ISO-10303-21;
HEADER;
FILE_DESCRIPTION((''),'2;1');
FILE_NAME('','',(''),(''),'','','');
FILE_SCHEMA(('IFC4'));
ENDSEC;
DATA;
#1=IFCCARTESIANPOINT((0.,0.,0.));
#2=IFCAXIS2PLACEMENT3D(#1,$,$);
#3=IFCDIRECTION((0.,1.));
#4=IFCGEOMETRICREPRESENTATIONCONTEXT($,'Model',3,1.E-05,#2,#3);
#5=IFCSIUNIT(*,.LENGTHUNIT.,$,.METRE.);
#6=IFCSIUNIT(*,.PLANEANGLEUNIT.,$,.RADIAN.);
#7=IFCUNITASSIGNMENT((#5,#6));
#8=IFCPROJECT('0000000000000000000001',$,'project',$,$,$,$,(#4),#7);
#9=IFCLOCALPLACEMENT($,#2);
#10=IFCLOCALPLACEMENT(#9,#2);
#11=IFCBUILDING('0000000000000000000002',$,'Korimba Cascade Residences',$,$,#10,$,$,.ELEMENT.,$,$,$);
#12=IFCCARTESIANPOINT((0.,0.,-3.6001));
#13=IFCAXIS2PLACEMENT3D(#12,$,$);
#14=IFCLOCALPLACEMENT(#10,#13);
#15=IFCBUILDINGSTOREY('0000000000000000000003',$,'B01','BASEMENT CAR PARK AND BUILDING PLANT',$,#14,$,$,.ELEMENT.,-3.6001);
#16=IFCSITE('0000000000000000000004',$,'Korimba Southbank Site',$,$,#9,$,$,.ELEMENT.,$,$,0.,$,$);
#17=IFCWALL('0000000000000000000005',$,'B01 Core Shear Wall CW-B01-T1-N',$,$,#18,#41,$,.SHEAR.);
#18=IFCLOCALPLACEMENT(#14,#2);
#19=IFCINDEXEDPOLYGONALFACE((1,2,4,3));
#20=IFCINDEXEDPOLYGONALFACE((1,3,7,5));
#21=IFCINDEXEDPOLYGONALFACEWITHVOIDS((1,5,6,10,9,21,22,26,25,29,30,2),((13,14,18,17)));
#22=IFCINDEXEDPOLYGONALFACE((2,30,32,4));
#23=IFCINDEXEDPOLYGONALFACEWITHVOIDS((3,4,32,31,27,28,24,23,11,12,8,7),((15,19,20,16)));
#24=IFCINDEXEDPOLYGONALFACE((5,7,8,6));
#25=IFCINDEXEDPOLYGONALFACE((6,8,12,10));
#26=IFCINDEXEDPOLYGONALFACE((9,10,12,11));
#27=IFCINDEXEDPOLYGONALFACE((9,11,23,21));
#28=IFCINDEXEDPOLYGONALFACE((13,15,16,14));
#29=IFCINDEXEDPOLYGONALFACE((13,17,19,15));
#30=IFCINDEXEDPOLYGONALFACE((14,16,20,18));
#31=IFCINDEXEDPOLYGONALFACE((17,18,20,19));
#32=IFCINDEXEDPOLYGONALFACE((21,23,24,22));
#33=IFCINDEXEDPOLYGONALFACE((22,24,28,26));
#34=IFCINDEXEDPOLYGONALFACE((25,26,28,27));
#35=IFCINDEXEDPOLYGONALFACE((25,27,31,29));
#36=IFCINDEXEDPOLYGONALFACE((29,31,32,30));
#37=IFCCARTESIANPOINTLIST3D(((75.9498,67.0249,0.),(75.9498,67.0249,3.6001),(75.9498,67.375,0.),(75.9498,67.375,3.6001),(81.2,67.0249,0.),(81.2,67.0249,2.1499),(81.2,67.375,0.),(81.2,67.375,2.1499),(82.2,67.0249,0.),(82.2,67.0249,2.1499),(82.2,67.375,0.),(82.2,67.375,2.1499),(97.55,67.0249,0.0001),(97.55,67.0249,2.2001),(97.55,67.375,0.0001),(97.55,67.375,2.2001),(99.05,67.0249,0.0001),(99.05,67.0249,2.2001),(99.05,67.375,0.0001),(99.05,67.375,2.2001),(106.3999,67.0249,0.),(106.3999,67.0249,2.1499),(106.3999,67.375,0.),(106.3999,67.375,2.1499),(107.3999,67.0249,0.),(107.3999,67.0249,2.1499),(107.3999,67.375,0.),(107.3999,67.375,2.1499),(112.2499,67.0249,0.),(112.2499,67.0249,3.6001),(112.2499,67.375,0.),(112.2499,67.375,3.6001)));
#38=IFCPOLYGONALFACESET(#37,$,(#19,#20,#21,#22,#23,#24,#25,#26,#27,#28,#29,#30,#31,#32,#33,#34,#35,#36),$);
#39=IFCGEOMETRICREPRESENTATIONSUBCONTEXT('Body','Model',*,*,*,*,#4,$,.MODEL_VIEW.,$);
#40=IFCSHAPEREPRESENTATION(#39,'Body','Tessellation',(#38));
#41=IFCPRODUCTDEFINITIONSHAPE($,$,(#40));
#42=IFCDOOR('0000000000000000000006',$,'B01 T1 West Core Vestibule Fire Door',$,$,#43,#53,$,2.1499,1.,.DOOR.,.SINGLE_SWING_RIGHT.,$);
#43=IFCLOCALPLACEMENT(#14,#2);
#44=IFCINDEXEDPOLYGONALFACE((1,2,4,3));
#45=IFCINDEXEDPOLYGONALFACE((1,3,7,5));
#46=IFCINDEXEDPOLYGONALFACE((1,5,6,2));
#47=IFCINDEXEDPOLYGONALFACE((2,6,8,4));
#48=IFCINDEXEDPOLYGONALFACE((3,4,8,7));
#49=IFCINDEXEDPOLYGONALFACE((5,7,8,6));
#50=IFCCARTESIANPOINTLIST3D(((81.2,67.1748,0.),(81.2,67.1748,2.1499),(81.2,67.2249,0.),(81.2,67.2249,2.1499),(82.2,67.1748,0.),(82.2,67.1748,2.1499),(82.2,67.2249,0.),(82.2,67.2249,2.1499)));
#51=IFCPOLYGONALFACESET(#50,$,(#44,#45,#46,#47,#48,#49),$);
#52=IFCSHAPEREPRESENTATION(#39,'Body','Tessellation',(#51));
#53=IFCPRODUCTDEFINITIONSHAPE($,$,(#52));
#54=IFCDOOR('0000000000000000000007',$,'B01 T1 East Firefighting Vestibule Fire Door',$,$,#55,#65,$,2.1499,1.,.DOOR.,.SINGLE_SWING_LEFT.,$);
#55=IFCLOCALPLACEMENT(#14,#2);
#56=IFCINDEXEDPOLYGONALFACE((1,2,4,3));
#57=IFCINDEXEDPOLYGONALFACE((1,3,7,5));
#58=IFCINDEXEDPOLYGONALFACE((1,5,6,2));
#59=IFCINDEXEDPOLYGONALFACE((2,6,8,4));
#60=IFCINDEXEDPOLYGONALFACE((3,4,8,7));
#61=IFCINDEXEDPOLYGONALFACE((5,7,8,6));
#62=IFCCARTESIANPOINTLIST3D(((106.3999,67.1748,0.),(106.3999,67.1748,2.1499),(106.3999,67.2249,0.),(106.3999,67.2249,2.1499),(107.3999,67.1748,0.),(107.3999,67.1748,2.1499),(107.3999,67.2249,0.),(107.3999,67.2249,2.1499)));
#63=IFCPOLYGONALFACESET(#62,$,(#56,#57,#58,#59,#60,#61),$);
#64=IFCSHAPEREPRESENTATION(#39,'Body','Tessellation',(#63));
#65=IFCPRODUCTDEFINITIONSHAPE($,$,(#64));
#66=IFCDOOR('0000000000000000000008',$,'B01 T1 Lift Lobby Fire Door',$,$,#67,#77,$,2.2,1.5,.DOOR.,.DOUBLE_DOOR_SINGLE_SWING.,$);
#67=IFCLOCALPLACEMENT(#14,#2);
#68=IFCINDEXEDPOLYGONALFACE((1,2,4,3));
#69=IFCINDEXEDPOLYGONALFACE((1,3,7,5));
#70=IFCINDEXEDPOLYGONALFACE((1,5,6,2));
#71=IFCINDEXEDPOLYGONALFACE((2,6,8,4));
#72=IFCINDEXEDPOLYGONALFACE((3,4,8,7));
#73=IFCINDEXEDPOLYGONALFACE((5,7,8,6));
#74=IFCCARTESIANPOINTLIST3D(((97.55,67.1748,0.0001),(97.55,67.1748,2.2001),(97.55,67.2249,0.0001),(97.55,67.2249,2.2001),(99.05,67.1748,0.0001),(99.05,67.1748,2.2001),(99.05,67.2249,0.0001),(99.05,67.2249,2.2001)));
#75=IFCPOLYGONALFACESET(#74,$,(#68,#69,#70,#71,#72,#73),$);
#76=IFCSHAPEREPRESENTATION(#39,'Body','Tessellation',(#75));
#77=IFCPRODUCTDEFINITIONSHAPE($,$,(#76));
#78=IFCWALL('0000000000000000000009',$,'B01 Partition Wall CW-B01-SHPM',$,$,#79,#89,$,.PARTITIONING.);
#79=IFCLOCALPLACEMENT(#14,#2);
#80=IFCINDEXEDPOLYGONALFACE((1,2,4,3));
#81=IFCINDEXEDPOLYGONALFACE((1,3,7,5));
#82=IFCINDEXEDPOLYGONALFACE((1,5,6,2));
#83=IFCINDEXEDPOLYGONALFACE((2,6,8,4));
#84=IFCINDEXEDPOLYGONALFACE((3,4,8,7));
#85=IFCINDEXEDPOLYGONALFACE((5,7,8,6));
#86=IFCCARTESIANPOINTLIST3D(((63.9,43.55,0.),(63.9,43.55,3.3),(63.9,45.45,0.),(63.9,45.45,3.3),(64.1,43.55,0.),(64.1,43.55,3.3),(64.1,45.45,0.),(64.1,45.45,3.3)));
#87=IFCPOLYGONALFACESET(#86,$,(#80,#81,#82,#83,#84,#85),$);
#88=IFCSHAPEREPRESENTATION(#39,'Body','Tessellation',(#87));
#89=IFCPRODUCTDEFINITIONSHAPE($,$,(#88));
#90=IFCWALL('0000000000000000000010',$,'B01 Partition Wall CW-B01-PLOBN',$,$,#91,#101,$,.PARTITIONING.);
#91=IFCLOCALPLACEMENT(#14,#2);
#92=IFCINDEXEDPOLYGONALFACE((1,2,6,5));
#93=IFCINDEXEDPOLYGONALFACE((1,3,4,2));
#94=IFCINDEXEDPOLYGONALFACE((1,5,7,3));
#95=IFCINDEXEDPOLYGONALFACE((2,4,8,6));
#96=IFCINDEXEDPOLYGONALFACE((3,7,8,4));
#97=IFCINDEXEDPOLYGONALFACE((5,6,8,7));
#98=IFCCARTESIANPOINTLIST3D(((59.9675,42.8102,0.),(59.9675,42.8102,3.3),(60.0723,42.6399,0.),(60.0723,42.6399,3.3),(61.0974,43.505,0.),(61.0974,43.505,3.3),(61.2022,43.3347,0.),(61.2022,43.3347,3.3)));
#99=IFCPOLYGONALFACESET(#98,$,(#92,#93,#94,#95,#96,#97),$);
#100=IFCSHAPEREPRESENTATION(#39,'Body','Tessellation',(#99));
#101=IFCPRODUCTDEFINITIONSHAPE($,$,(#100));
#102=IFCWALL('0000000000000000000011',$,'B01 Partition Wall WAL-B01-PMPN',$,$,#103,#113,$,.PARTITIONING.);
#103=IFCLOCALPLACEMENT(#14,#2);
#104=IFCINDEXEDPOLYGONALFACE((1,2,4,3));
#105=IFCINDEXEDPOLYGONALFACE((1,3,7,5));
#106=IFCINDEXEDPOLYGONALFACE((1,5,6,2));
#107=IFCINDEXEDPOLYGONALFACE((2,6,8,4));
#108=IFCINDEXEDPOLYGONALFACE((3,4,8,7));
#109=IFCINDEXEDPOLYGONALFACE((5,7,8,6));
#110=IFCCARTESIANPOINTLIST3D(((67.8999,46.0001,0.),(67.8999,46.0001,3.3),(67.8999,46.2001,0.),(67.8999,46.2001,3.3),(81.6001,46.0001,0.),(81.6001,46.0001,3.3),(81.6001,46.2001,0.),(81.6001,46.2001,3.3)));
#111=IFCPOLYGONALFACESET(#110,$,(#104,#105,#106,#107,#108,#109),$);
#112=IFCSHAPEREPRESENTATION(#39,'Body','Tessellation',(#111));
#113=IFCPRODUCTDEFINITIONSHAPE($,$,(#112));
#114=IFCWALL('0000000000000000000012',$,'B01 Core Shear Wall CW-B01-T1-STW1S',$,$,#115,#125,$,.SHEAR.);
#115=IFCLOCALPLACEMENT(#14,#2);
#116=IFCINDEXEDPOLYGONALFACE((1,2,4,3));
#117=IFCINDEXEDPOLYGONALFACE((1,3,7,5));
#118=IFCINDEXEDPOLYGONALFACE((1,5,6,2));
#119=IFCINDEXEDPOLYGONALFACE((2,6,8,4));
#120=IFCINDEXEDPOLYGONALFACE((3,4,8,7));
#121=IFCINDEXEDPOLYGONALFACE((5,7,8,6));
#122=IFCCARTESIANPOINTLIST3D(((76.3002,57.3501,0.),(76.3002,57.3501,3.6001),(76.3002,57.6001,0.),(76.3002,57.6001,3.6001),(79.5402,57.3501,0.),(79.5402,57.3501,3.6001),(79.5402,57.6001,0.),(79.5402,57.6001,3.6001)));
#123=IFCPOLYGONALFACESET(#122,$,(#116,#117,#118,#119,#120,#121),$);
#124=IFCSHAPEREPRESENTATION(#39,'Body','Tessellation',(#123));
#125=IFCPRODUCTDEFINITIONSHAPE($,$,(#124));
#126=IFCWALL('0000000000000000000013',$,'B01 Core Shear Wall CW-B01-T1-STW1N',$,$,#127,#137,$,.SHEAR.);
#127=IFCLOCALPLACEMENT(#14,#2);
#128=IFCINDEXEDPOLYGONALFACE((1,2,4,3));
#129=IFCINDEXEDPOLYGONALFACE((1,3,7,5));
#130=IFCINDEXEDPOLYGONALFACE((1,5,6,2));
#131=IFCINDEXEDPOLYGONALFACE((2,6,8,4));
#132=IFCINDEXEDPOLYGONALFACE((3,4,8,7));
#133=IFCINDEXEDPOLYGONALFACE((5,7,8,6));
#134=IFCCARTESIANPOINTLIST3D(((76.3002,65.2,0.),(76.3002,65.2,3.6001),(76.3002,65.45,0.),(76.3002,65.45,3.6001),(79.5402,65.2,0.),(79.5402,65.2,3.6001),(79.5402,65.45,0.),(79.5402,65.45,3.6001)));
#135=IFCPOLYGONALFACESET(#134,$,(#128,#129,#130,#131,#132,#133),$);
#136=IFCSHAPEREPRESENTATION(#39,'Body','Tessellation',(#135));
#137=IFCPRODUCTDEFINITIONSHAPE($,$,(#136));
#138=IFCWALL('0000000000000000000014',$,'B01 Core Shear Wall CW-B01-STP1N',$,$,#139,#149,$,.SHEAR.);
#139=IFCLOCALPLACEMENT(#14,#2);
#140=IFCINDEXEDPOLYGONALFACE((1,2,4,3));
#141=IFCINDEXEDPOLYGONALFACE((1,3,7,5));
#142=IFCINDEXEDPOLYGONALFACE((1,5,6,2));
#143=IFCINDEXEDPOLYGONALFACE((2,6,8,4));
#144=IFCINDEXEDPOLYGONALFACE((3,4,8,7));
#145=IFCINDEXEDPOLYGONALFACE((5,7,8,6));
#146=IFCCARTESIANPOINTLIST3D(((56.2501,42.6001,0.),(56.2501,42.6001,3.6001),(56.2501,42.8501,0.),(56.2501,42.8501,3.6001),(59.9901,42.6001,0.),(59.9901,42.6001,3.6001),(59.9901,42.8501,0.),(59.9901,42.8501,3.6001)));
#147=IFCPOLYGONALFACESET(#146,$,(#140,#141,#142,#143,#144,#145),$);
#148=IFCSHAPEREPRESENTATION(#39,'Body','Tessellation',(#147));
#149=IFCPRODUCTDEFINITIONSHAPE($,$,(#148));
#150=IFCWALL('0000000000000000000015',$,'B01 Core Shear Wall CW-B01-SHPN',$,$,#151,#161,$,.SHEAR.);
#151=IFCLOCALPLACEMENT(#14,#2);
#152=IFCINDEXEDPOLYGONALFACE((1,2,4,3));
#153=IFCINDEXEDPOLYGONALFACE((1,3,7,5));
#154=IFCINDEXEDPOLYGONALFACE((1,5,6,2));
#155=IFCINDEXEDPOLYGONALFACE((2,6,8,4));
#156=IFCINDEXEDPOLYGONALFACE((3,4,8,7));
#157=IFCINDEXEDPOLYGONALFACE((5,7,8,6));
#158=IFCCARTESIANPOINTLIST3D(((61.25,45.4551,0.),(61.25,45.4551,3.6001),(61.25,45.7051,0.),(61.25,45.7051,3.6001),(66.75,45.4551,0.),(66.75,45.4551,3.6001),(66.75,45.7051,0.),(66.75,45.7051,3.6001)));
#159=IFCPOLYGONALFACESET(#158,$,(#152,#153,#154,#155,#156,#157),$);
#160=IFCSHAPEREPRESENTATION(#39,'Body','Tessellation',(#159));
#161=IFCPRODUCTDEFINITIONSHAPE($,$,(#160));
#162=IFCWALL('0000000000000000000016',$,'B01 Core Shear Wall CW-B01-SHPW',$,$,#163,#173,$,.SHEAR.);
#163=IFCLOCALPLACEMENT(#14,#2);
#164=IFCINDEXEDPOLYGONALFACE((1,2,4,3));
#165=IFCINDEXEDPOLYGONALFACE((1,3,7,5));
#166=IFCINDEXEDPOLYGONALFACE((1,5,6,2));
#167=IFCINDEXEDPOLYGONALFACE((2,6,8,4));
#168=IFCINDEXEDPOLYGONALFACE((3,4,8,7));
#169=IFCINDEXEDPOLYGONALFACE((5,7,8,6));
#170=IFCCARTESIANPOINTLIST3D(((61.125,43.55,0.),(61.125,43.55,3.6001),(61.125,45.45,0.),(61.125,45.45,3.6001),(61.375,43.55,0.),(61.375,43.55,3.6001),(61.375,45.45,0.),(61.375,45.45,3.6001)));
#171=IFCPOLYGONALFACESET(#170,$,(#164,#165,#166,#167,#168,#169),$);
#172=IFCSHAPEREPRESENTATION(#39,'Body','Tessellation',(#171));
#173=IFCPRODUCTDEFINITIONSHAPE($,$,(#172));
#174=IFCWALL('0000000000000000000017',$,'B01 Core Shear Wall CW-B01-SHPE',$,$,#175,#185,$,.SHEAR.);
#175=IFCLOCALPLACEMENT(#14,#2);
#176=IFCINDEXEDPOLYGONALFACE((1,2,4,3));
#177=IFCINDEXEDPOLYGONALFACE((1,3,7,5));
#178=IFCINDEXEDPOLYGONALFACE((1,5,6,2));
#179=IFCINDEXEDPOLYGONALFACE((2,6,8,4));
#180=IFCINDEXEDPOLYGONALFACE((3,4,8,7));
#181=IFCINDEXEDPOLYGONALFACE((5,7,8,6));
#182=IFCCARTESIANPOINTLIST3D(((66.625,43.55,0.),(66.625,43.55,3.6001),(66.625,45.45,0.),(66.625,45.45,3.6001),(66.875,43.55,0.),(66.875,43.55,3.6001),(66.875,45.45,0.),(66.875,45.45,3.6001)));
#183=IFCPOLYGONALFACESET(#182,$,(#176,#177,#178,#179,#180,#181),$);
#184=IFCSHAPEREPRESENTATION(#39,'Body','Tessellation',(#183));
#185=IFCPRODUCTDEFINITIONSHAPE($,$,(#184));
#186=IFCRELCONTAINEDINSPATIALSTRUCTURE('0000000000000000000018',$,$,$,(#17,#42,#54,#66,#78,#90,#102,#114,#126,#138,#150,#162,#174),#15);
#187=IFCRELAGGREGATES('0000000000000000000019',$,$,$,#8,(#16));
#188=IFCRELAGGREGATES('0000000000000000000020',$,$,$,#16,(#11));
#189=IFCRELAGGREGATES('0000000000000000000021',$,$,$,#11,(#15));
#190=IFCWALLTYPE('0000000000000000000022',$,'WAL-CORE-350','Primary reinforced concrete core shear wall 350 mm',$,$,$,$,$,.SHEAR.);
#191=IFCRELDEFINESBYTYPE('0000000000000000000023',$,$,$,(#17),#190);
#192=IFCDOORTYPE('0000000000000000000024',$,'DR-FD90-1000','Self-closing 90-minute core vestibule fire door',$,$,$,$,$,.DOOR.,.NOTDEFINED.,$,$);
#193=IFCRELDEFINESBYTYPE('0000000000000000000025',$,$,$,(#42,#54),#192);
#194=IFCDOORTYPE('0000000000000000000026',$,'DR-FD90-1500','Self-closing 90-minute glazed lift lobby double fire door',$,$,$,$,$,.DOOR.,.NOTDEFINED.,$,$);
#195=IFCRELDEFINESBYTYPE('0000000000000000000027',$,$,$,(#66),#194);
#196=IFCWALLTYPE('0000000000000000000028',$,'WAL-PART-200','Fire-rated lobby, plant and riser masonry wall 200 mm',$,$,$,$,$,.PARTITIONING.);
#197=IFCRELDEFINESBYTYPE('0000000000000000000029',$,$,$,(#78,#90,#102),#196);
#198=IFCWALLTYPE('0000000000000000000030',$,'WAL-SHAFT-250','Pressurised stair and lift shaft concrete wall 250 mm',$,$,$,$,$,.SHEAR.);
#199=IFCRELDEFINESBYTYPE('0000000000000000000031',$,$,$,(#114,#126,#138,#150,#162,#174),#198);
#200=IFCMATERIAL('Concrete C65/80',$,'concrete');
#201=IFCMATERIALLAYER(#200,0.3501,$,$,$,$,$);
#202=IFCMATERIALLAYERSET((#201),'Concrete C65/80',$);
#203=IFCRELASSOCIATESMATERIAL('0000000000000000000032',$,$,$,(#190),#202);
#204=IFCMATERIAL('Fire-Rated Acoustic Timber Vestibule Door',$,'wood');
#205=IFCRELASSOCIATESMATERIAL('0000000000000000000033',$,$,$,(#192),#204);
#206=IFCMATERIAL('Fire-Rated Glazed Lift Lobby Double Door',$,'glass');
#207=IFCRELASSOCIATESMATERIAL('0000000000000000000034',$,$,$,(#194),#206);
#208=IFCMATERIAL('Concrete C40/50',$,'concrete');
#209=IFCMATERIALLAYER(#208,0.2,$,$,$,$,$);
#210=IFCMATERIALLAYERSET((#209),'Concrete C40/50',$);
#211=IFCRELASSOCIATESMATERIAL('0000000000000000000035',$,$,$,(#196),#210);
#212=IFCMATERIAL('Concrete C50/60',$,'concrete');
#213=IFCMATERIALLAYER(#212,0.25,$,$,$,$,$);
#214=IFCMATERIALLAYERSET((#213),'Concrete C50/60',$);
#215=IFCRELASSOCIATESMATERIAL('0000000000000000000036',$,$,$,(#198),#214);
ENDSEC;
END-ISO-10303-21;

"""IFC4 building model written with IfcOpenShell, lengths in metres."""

from ifc_helpers import new_model, si_unit, direction, frame, frame_2d, origin, place, context, subcontext, project, spatial, rectangle, extrude, material, layer, layer_set, type_object, element, fill, save


model = new_model("IFC4")

# Units and contexts
model_context = context("Model", 3, precision=1e-05, world=origin(), true_north=direction((0.0, 1.0)))
body_context = subcontext(model_context, "Body", "Model", "MODEL_VIEW")
ifc_project = project(units=[si_unit("LENGTHUNIT", "METRE"), si_unit("PLANEANGLEUNIT", "RADIAN")], contexts=[model_context])

# Site, building, storey
site_placement = place(None, origin())
site = spatial("IfcSite", under=ifc_project, at=site_placement, Name="Korimba Southbank Site", CompositionType="ELEMENT", RefElevation=0.0)
building_placement = place(site_placement, origin())
building = spatial("IfcBuilding", under=site, at=building_placement, Name="Korimba Cascade Residences", CompositionType="ELEMENT")
storey_placement = place(building_placement, frame((0.0, 0.0, -3.6001)))
storey = spatial("IfcBuildingStorey", under=building, at=storey_placement, Name="B01", Description="BASEMENT CAR PARK AND BUILDING PLANT", CompositionType="ELEMENT", Elevation=-3.6001)

# Shared definitions
ifc_material_1 = material(Name="Concrete C65/80", Category="concrete")

# Shared definitions
ifc_material_2 = material(Name="Concrete C50/60", Category="concrete")

# Shared definitions
ifc_layer_1 = layer(ifc_material_1, 0.3501)
ifc_layer_set_1 = layer_set([ifc_layer_1], Name="Concrete C65/80")
wall_type_1 = type_object("IfcWallType", Name="WAL-CORE-350", Description="Primary reinforced concrete core shear wall 350 mm", PredefinedType="SHEAR", material=ifc_layer_set_1)

# Wall, openings, doors
wall_1_placement = place(storey_placement, frame((75.95, 67.2, 0.0), z_axis=(0.0, 0.0, 1.0), x_axis=(1.0, 0.0, 0.0)))
wall_1 = element("IfcWall", 1, at=wall_1_placement, inside=storey, type_object=wall_type_1, Name="B01 Core Shear Wall CW-B01-T1-N", PredefinedType="SHEAR", context=body_context, shape_type="SweptSolid", body=[
    extrude(rectangle(XDim=36.3, YDim=0.3501, at=frame_2d((18.1499, 0.0))), origin(), (0.0, 0.0, 1.0), 3.6001),
])
opening_1_placement = place(wall_1_placement, frame((5.25, 0.0, 0.0)))
opening_1 = element("IfcOpeningElement", 2, at=opening_1_placement, cuts=wall_1, PredefinedType="OPENING", context=body_context, shape_type="SweptSolid", body=[
    extrude(rectangle(XDim=1.0, YDim=2.1499, at=frame_2d((0.5, 1.075))), frame((0.0, 0.1851, 0.0), z_axis=(0.0, -1.0, 0.0), x_axis=(1.0, 0.0, 0.0)), (0.0, 0.0, 1.0), 0.3701),
])
opening_2_placement = place(wall_1_placement, frame((21.6001, 0.0, 0.0)))
opening_2 = element("IfcOpeningElement", 3, at=opening_2_placement, cuts=wall_1, PredefinedType="OPENING", context=body_context, shape_type="SweptSolid", body=[
    extrude(rectangle(XDim=1.5, YDim=2.2, at=frame_2d((0.75, 1.1001))), frame((0.0, 0.1851, 0.0), z_axis=(0.0, -1.0, 0.0), x_axis=(1.0, 0.0, 0.0)), (0.0, 0.0, 1.0), 0.3701),
])
opening_3_placement = place(wall_1_placement, frame((30.45, 0.0, 0.0)))
opening_3 = element("IfcOpeningElement", 4, at=opening_3_placement, cuts=wall_1, PredefinedType="OPENING", context=body_context, shape_type="SweptSolid", body=[
    extrude(rectangle(XDim=1.0, YDim=2.1499, at=frame_2d((0.5, 1.075))), frame((0.0, 0.1851, 0.0), z_axis=(0.0, -1.0, 0.0), x_axis=(1.0, 0.0, 0.0)), (0.0, 0.0, 1.0), 0.3701),
])
ifc_material_3 = material(Name="Fire-Rated Acoustic Timber Vestibule Door", Category="wood")
door_type_1 = type_object("IfcDoorType", Name="DR-FD90-1000", Description="Self-closing 90-minute core vestibule fire door", OperationType="NOTDEFINED", PredefinedType="DOOR", material=ifc_material_3)
door_1_placement = place(opening_1_placement, origin())
door_1 = element("IfcDoor", 5, at=door_1_placement, inside=storey, type_object=door_type_1, Name="B01 T1 West Core Vestibule Fire Door", OperationType="SINGLE_SWING_RIGHT", OverallHeight=2.1499, OverallWidth=1.0, PredefinedType="DOOR", context=body_context, shape_type="SweptSolid", body=[
    extrude(rectangle(XDim=1.0, YDim=2.1499, at=frame_2d((0.5, 1.075))), frame((0.0, 0.0249, 0.0), z_axis=(0.0, -1.0, 0.0), x_axis=(1.0, 0.0, 0.0)), (0.0, 0.0, 1.0), 0.05),
])
fill(opening_1, door_1)
door_2_placement = place(opening_3_placement, origin())
door_2 = element("IfcDoor", 6, at=door_2_placement, inside=storey, type_object=door_type_1, Name="B01 T1 East Firefighting Vestibule Fire Door", OperationType="SINGLE_SWING_LEFT", OverallHeight=2.1499, OverallWidth=1.0, PredefinedType="DOOR", context=body_context, shape_type="SweptSolid", body=[
    extrude(rectangle(XDim=1.0, YDim=2.1499, at=frame_2d((0.5, 1.075))), frame((0.0, 0.0249, 0.0), z_axis=(0.0, -1.0, 0.0), x_axis=(1.0, 0.0, 0.0)), (0.0, 0.0, 1.0), 0.05),
])
fill(opening_3, door_2)
ifc_material_4 = material(Name="Fire-Rated Glazed Lift Lobby Double Door", Category="glass")
door_type_2 = type_object("IfcDoorType", Name="DR-FD90-1500", Description="Self-closing 90-minute glazed lift lobby double fire door", OperationType="NOTDEFINED", PredefinedType="DOOR", material=ifc_material_4)
door_3_placement = place(opening_2_placement, origin())
door_3 = element("IfcDoor", 7, at=door_3_placement, inside=storey, type_object=door_type_2, Name="B01 T1 Lift Lobby Fire Door", OperationType="DOUBLE_DOOR_SINGLE_SWING", OverallHeight=2.2, OverallWidth=1.5, PredefinedType="DOOR", context=body_context, shape_type="SweptSolid", body=[
    extrude(rectangle(XDim=1.5, YDim=2.2, at=frame_2d((0.75, 1.1001))), frame((0.0, 0.0249, 0.0), z_axis=(0.0, -1.0, 0.0), x_axis=(1.0, 0.0, 0.0)), (0.0, 0.0, 1.0), 0.05),
])
fill(opening_2, door_3)

# Walls
ifc_material_5 = material(Name="Concrete C40/50", Category="concrete")
ifc_layer_2 = layer(ifc_material_5, 0.2)
ifc_layer_set_2 = layer_set([ifc_layer_2], Name="Concrete C40/50")
wall_type_2 = type_object("IfcWallType", Name="WAL-PART-200", Description="Fire-rated lobby, plant and riser masonry wall 200 mm", PredefinedType="PARTITIONING", material=ifc_layer_set_2)
wall_2_placement = place(storey_placement, frame((64.0, 43.55, 0.0), z_axis=(0.0, 0.0, 1.0), x_axis=(0.0, 1.0, 0.0)))
element("IfcWall", 8, at=wall_2_placement, inside=storey, type_object=wall_type_2, Name="B01 Partition Wall CW-B01-SHPM", PredefinedType="PARTITIONING", context=body_context, shape_type="SweptSolid", body=[
    extrude(rectangle(XDim=1.8999, YDim=0.2, at=frame_2d((0.95, 0.0))), origin(), (0.0, 0.0, 1.0), 3.3),
])
wall_3_placement = place(storey_placement, frame((60.02, 42.7251, 0.0), z_axis=(0.0, 0.0, 1.0), x_axis=(0.851823, 0.52383, 0.0)))
element("IfcWall", 9, at=wall_3_placement, inside=storey, type_object=wall_type_2, Name="B01 Partition Wall CW-B01-PLOBN", PredefinedType="PARTITIONING", context=body_context, shape_type="SweptSolid", body=[
    extrude(rectangle(XDim=1.3264, YDim=0.2, at=frame_2d((0.6631, 0.0))), origin(), (0.0, 0.0, 1.0), 3.3),
])
wall_4_placement = place(storey_placement, frame((67.8999, 46.1001, 0.0), z_axis=(0.0, 0.0, 1.0), x_axis=(1.0, 0.0, 0.0)))
element("IfcWall", 10, at=wall_4_placement, inside=storey, type_object=wall_type_2, Name="B01 Partition Wall WAL-B01-PMPN", PredefinedType="PARTITIONING", context=body_context, shape_type="SweptSolid", body=[
    extrude(rectangle(XDim=13.7002, YDim=0.2, at=frame_2d((6.8501, 0.0))), origin(), (0.0, 0.0, 1.0), 3.3),
])
ifc_layer_3 = layer(ifc_material_2, 0.25)
ifc_layer_set_3 = layer_set([ifc_layer_3], Name="Concrete C50/60")
wall_type_3 = type_object("IfcWallType", Name="WAL-SHAFT-250", Description="Pressurised stair and lift shaft concrete wall 250 mm", PredefinedType="SHEAR", material=ifc_layer_set_3)
for number, where, z_axis, x_axis, name in (
    (11, (76.3, 57.4751, 0.0), (0.0, 0.0, 1.0), (1.0, 0.0, 0.0), "B01 Core Shear Wall CW-B01-T1-STW1S"),
    (12, (76.3, 65.325, 0.0), (0.0, 0.0, 1.0), (1.0, 0.0, 0.0), "B01 Core Shear Wall CW-B01-T1-STW1N"),
):
    element("IfcWall", number, at=place(storey_placement, frame(where, z_axis=z_axis, x_axis=x_axis)), inside=storey, type_object=wall_type_3, Name=name, PredefinedType="SHEAR", context=body_context, shape_type="SweptSolid", body=[
        extrude(rectangle(XDim=3.24, YDim=0.25, at=frame_2d((1.6201, 0.0))), origin(), (0.0, 0.0, 1.0), 3.6001),
    ])
wall_5_placement = place(storey_placement, frame((56.25, 42.7251, 0.0), z_axis=(0.0, 0.0, 1.0), x_axis=(1.0, 0.0, 0.0)))
element("IfcWall", 13, at=wall_5_placement, inside=storey, type_object=wall_type_3, Name="B01 Core Shear Wall CW-B01-STP1N", PredefinedType="SHEAR", context=body_context, shape_type="SweptSolid", body=[
    extrude(rectangle(XDim=3.74, YDim=0.25, at=frame_2d((1.8701, 0.0))), origin(), (0.0, 0.0, 1.0), 3.6001),
])

# Walls
wall_6_placement = place(storey_placement, frame((61.25, 45.5801, 0.0), z_axis=(0.0, 0.0, 1.0), x_axis=(1.0, 0.0, 0.0)))
element("IfcWall", 14, at=wall_6_placement, inside=storey, type_object=wall_type_3, Name="B01 Core Shear Wall CW-B01-SHPN", PredefinedType="SHEAR", context=body_context, shape_type="SweptSolid", body=[
    extrude(rectangle(XDim=5.5, YDim=0.25, at=frame_2d((2.75, 0.0))), origin(), (0.0, 0.0, 1.0), 3.6001),
])
for number, where, z_axis, x_axis, name in (
    (15, (61.25, 43.55, 0.0), (0.0, 0.0, 1.0), (0.0, 1.0, 0.0), "B01 Core Shear Wall CW-B01-SHPW"),
    (16, (66.75, 43.55, 0.0), (0.0, 0.0, 1.0), (0.0, 1.0, 0.0), "B01 Core Shear Wall CW-B01-SHPE"),
):
    element("IfcWall", number, at=place(storey_placement, frame(where, z_axis=z_axis, x_axis=x_axis)), inside=storey, type_object=wall_type_3, Name=name, PredefinedType="SHEAR", context=body_context, shape_type="SweptSolid", body=[
        extrude(rectangle(XDim=1.8999, YDim=0.25, at=frame_2d((0.95, 0.0))), origin(), (0.0, 0.0, 1.0), 3.6001),
    ])

save(model, "model.ifc")
